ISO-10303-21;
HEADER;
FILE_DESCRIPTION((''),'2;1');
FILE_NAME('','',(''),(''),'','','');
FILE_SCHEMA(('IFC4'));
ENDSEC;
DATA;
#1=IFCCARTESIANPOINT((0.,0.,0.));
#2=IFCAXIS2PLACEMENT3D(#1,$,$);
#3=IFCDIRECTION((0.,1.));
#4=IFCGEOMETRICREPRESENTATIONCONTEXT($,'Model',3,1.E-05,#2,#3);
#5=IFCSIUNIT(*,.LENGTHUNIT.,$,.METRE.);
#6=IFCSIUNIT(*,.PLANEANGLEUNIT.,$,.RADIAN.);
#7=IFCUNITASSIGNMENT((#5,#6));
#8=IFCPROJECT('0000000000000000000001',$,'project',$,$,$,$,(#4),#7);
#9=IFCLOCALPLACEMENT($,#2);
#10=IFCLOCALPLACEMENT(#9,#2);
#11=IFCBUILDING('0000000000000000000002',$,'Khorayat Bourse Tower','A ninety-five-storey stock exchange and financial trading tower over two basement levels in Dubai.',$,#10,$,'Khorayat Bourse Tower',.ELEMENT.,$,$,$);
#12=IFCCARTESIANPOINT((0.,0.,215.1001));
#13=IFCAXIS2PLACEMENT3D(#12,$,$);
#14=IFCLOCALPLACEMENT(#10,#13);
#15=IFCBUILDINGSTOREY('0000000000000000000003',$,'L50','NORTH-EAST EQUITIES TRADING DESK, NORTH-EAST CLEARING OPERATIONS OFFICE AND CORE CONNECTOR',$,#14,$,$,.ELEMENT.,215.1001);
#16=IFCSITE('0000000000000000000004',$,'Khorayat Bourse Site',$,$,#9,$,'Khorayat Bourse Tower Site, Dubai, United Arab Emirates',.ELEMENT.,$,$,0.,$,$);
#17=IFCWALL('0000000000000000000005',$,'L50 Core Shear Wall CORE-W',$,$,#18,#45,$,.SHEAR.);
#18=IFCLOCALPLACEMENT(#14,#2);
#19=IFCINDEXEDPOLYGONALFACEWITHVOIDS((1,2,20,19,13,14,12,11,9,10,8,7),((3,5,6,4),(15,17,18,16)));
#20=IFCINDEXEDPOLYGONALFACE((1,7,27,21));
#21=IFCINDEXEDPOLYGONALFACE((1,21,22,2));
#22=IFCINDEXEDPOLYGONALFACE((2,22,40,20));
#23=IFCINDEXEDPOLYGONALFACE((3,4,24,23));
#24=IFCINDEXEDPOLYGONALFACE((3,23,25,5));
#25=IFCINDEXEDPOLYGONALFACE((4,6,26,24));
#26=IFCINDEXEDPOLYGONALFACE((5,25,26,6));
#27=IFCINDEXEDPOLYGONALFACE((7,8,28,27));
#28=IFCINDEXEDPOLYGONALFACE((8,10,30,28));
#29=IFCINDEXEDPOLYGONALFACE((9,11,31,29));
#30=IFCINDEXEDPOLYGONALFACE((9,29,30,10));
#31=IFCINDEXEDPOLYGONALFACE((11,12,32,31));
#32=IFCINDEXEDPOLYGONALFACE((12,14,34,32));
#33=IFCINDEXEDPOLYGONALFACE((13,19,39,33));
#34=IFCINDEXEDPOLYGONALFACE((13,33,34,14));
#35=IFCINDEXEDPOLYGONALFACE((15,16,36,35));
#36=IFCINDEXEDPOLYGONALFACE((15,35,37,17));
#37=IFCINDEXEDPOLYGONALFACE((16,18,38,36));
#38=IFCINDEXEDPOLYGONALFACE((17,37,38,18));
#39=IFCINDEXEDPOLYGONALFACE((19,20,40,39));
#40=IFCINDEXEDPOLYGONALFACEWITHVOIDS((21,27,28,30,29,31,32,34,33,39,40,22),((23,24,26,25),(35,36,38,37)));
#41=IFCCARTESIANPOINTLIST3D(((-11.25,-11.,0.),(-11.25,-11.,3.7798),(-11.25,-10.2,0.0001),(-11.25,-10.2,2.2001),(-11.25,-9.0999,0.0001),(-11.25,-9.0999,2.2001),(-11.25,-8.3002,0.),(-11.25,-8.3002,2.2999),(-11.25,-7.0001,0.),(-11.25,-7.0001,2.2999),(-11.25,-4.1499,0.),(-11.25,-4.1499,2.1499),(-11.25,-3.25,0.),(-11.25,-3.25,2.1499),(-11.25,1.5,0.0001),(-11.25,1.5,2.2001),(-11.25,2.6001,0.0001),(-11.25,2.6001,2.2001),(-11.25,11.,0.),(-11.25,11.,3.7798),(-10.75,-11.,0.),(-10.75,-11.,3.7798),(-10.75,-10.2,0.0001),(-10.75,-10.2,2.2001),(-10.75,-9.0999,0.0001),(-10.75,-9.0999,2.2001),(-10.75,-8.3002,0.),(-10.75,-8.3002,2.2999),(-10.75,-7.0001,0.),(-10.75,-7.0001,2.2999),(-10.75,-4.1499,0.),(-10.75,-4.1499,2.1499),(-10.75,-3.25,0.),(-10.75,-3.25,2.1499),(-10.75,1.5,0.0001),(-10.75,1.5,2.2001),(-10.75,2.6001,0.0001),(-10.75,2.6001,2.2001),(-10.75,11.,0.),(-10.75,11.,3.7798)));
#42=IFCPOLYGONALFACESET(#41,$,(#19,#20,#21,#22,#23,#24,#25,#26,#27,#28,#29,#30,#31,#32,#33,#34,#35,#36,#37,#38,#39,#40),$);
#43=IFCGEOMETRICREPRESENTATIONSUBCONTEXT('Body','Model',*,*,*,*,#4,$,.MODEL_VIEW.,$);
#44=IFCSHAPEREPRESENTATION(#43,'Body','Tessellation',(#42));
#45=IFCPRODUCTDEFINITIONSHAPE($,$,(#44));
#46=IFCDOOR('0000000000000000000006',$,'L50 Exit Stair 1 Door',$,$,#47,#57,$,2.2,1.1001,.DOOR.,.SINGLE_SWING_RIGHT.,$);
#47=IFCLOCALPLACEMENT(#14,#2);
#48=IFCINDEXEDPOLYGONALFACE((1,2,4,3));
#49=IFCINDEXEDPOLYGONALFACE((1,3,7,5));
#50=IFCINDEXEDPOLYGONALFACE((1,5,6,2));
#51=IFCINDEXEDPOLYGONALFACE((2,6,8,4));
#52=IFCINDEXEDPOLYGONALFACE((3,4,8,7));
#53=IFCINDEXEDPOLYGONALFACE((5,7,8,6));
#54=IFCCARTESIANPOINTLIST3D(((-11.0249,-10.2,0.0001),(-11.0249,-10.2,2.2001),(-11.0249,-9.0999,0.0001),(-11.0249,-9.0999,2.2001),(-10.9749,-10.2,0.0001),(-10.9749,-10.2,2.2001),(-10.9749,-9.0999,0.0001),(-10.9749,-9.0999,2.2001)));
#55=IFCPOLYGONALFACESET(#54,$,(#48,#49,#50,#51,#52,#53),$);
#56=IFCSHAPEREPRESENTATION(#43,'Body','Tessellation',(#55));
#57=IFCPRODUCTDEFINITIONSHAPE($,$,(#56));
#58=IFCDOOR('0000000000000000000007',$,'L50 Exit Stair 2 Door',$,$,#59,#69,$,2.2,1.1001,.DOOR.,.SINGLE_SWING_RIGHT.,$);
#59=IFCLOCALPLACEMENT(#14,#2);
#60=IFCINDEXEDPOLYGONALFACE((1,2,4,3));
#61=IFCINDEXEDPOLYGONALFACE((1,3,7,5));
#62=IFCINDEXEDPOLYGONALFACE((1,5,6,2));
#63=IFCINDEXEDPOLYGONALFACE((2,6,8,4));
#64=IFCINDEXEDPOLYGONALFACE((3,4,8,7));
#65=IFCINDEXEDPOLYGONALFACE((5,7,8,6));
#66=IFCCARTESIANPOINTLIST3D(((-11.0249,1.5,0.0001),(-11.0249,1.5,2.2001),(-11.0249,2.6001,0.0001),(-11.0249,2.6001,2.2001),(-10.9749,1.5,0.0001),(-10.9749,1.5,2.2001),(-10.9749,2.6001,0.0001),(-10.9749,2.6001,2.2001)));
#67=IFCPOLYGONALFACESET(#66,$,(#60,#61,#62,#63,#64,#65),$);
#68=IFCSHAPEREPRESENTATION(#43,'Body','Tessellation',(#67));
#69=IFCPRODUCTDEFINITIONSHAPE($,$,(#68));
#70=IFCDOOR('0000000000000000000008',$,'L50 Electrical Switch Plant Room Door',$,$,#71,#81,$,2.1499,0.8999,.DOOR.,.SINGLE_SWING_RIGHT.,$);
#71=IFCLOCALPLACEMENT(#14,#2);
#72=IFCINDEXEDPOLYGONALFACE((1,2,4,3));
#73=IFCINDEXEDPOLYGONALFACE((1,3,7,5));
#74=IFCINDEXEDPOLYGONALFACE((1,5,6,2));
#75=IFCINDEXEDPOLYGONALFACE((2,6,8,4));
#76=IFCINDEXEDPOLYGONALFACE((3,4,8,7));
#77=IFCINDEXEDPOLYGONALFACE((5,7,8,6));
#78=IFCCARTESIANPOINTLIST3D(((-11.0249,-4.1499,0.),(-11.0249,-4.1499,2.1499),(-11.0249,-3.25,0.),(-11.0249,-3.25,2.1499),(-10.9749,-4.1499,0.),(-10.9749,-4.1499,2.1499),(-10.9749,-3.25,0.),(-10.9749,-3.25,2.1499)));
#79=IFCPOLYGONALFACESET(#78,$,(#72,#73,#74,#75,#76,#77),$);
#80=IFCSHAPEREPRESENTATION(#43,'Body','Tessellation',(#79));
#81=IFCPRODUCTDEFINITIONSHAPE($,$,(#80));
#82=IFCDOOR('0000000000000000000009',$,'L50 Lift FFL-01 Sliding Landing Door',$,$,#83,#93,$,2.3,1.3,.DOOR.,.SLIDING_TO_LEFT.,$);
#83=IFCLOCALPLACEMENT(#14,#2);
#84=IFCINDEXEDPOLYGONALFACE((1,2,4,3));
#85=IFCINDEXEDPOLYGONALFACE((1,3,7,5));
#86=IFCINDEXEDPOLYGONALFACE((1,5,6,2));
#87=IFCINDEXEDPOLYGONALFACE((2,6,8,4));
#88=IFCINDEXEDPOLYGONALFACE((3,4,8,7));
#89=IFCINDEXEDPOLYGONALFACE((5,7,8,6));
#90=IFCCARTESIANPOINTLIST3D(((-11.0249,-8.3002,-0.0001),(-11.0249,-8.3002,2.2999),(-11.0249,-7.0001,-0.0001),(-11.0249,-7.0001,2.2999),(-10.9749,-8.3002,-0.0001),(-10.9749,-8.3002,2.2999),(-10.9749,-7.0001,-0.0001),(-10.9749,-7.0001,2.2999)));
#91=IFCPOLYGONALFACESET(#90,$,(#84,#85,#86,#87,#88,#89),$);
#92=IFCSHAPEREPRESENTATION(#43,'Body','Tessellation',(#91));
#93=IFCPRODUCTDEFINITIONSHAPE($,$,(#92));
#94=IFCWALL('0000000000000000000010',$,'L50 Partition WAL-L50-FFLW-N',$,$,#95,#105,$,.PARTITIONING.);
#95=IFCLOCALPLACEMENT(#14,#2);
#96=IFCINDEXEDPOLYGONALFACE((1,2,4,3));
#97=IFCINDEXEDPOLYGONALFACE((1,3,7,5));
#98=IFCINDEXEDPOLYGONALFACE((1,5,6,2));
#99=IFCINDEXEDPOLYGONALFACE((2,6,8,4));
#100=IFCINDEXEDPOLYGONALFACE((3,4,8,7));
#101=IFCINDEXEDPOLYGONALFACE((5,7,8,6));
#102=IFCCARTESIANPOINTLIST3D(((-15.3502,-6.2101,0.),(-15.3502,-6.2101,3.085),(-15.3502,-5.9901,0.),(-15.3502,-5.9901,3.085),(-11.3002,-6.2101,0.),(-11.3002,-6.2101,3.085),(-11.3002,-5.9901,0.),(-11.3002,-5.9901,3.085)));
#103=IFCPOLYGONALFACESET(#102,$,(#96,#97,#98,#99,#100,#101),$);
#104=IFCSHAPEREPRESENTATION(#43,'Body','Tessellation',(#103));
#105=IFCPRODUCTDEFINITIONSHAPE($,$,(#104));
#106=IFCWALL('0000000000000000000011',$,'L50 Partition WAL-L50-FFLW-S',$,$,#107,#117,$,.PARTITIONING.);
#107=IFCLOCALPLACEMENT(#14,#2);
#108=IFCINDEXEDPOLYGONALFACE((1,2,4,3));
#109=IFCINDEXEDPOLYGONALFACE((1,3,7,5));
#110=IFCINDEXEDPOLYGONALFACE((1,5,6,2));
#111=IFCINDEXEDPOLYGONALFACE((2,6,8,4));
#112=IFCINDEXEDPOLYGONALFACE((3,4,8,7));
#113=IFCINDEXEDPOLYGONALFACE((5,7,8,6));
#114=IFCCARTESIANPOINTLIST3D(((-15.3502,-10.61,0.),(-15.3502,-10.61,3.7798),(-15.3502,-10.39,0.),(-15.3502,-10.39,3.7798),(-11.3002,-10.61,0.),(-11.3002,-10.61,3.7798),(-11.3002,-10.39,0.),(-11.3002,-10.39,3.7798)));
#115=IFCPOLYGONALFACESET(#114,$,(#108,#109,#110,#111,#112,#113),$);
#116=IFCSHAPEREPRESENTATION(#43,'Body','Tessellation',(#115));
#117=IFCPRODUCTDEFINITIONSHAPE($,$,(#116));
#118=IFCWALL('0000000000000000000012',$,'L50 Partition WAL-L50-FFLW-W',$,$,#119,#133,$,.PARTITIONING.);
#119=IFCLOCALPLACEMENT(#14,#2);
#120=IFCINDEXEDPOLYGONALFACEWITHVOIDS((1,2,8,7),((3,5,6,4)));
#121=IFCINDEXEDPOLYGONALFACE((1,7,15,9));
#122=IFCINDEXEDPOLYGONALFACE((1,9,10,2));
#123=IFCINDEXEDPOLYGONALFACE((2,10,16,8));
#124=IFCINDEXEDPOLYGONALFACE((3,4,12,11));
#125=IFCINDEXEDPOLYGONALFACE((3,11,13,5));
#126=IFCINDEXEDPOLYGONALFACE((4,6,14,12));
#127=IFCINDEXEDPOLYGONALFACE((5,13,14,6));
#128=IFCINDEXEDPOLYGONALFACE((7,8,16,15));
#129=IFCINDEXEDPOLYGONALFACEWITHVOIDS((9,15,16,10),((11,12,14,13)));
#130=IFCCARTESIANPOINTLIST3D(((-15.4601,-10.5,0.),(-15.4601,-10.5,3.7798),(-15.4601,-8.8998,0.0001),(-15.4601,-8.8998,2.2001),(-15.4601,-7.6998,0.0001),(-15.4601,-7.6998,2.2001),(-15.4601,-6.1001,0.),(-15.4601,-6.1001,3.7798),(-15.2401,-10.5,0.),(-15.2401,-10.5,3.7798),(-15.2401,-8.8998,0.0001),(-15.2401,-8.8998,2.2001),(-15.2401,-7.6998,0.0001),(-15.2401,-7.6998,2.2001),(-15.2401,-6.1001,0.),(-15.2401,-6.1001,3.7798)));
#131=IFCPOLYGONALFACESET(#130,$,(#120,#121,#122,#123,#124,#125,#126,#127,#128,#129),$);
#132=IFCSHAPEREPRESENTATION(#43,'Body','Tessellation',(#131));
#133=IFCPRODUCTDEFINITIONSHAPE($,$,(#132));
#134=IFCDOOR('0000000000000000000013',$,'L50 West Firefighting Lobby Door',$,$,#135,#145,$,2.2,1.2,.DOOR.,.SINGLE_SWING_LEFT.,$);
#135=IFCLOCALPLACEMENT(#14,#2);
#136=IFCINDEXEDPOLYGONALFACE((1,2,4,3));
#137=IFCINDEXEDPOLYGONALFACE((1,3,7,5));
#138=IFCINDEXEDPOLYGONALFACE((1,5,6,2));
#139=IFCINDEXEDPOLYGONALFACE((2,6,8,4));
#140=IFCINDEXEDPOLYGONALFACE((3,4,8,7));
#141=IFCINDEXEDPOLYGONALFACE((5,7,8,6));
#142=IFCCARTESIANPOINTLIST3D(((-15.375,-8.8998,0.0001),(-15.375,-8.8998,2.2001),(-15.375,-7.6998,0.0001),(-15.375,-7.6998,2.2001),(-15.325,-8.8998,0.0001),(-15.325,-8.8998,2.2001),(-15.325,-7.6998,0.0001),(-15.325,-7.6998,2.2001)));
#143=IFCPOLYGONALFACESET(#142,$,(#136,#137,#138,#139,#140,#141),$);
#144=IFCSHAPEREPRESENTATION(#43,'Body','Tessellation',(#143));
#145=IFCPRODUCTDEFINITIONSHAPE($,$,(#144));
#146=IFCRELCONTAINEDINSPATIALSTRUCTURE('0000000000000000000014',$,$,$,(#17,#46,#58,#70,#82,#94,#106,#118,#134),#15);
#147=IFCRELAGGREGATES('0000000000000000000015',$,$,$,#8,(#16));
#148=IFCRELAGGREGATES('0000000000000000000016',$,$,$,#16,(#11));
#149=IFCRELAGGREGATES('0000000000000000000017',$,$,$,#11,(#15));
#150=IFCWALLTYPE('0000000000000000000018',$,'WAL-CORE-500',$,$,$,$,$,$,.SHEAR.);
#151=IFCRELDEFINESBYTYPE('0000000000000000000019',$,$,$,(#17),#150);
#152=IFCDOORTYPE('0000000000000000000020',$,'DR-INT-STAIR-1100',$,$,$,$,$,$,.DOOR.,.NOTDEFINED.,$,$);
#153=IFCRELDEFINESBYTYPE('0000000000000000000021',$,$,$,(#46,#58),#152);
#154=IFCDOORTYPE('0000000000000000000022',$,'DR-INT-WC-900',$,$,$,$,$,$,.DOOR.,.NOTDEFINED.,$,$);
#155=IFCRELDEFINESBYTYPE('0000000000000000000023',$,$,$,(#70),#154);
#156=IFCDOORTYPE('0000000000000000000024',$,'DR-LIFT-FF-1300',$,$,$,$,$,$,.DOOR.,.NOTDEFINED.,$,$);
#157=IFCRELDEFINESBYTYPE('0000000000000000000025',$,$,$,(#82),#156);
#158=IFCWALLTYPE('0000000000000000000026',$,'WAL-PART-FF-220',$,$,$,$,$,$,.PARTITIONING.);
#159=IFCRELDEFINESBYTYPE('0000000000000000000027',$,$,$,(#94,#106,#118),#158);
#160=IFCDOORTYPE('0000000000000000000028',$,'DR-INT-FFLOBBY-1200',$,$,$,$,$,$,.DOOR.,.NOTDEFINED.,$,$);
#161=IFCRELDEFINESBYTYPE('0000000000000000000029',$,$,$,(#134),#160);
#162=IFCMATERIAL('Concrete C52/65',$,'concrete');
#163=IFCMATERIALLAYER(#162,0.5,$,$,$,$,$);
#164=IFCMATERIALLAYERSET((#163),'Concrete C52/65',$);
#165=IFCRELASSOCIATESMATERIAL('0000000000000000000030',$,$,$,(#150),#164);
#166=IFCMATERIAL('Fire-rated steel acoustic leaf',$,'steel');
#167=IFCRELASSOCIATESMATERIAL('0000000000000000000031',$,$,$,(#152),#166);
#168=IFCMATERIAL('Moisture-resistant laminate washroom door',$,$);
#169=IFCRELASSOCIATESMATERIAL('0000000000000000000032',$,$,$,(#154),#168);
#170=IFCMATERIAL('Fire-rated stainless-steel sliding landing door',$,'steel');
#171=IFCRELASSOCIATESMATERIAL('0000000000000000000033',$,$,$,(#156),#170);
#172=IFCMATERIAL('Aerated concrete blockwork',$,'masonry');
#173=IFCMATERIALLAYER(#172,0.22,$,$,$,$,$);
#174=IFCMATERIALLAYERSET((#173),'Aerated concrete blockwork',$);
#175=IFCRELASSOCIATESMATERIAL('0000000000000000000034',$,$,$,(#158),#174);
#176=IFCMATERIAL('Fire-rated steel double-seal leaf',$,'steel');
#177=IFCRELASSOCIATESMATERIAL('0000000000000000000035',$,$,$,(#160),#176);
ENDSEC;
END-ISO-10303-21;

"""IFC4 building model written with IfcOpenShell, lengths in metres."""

from ifc_helpers import new_model, si_unit, direction, frame, frame_2d, origin, place, context, subcontext, project, spatial, rectangle, extrude, source, transform, mapped, material, layer, layer_set, type_object, element, fill, save


model = new_model("IFC4")

# Units and contexts
model_context = context("Model", 3, precision=1e-05, world=origin(), true_north=direction((0.0, 1.0)))
body_context = subcontext(model_context, "Body", "Model", "MODEL_VIEW")
ifc_project = project(units=[si_unit("LENGTHUNIT", "METRE"), si_unit("PLANEANGLEUNIT", "RADIAN")], contexts=[model_context])

# Site, building, storey
site_placement = place(None, origin())
site = spatial("IfcSite", under=ifc_project, at=site_placement, Name="Khorayat Bourse Site", LongName="Khorayat Bourse Tower Site, Dubai, United Arab Emirates", CompositionType="ELEMENT", RefElevation=0.0)
building_placement = place(site_placement, origin())
building = spatial("IfcBuilding", under=site, at=building_placement, Name="Khorayat Bourse Tower", Description="A ninety-five-storey stock exchange and financial trading tower over two basement levels in Dubai.", LongName="Khorayat Bourse Tower", CompositionType="ELEMENT")
storey_placement = place(building_placement, frame((0.0, 0.0, 215.1001)))
storey = spatial("IfcBuildingStorey", under=building, at=storey_placement, Name="L50", Description="NORTH-EAST EQUITIES TRADING DESK, NORTH-EAST CLEARING OPERATIONS OFFICE AND CORE CONNECTOR", CompositionType="ELEMENT", Elevation=215.1001)

# Wall, openings, doors
ifc_material_1 = material(Name="Concrete C52/65", Category="concrete")
ifc_layer_1 = layer(ifc_material_1, 0.5)
ifc_layer_set_1 = layer_set([ifc_layer_1], Name="Concrete C52/65")
wall_type_1 = type_object("IfcWallType", Name="WAL-CORE-500", PredefinedType="SHEAR", material=ifc_layer_set_1)
shared_shape_1 = source(origin(), body_context, "Body", "SweptSolid", [
    extrude(rectangle(XDim=22.0, YDim=0.5, at=frame_2d((11.0, 0.0))), origin(), (0.0, 0.0, 1.0), 3.7798),
])
wall_1_placement = place(storey_placement, frame((-11.0, -11.0, 0.0), z_axis=(0.0, 0.0, 1.0), x_axis=(0.0, 1.0, 0.0)))
wall_1 = element("IfcWall", 1, at=wall_1_placement, inside=storey, type_object=wall_type_1, Name="L50 Core Shear Wall CORE-W", PredefinedType="SHEAR", context=body_context, shape_type="MappedRepresentation", body=[
    mapped(shared_shape_1, transform((0.0, 0.0, 0.0), scale=1.0)),
])
shared_shape_2 = source(origin(), body_context, "Body", "SweptSolid", [
    extrude(rectangle(XDim=1.1001, YDim=2.2, at=frame_2d((0.55, 1.1001))), frame((0.0, 0.26, 0.0), z_axis=(0.0, -1.0, 0.0), x_axis=(1.0, 0.0, 0.0)), (0.0, 0.0, 1.0), 0.52),
])
opening_1_placement = place(wall_1_placement, frame((0.8, 0.0, 0.0)))
opening_1 = element("IfcOpeningElement", 2, at=opening_1_placement, cuts=wall_1, PredefinedType="OPENING", context=body_context, shape_type="MappedRepresentation", body=[
    mapped(shared_shape_2, transform((0.0, 0.0, 0.0), scale=1.0)),
])
opening_2_placement = place(wall_1_placement, frame((12.5, 0.0, 0.0)))
opening_2 = element("IfcOpeningElement", 3, at=opening_2_placement, cuts=wall_1, PredefinedType="OPENING", context=body_context, shape_type="MappedRepresentation", body=[
    mapped(shared_shape_2, transform((0.0, 0.0, 0.0), scale=1.0)),
])
shared_shape_3 = source(origin(), body_context, "Body", "SweptSolid", [
    extrude(rectangle(XDim=0.8999, YDim=2.1499, at=frame_2d((0.45, 1.075))), frame((0.0, 0.26, 0.0), z_axis=(0.0, -1.0, 0.0), x_axis=(1.0, 0.0, 0.0)), (0.0, 0.0, 1.0), 0.52),
])
opening_3_placement = place(wall_1_placement, frame((6.8501, 0.0, 0.0)))
opening_3 = element("IfcOpeningElement", 4, at=opening_3_placement, cuts=wall_1, PredefinedType="OPENING", context=body_context, shape_type="MappedRepresentation", body=[
    mapped(shared_shape_3, transform((0.0, 0.0, 0.0), scale=1.0)),
])
shared_shape_4 = source(origin(), body_context, "Body", "SweptSolid", [
    extrude(rectangle(XDim=1.3, YDim=2.3, at=frame_2d((0.6499, 1.1499))), frame((0.0, 0.26, 0.0), z_axis=(0.0, -1.0, 0.0), x_axis=(1.0, 0.0, 0.0)), (0.0, 0.0, 1.0), 0.52),
])
opening_4_placement = place(wall_1_placement, frame((2.7, 0.0, 0.0)))
opening_4 = element("IfcOpeningElement", 5, at=opening_4_placement, cuts=wall_1, PredefinedType="OPENING", context=body_context, shape_type="MappedRepresentation", body=[
    mapped(shared_shape_4, transform((0.0, 0.0, 0.0), scale=1.0)),
])
ifc_material_2 = material(Name="Fire-rated steel acoustic leaf", Category="steel")
door_type_1 = type_object("IfcDoorType", Name="DR-INT-STAIR-1100", OperationType="NOTDEFINED", PredefinedType="DOOR", material=ifc_material_2)
shared_shape_5 = source(origin(), body_context, "Body", "SweptSolid", [
    extrude(rectangle(XDim=1.1001, YDim=2.2, at=frame_2d((0.55, 1.1001))), frame((0.0, 0.0249, 0.0), z_axis=(0.0, -1.0, 0.0), x_axis=(1.0, 0.0, 0.0)), (0.0, 0.0, 1.0), 0.05),
])
door_1_placement = place(opening_1_placement, origin())
door_1 = element("IfcDoor", 6, at=door_1_placement, inside=storey, type_object=door_type_1, Name="L50 Exit Stair 1 Door", OperationType="SINGLE_SWING_RIGHT", OverallHeight=2.2, OverallWidth=1.1001, PredefinedType="DOOR", context=body_context, shape_type="MappedRepresentation", body=[
    mapped(shared_shape_5, transform((0.0, 0.0, 0.0), scale=1.0)),
])
fill(opening_1, door_1)
door_2_placement = place(opening_2_placement, origin())
door_2 = element("IfcDoor", 7, at=door_2_placement, inside=storey, type_object=door_type_1, Name="L50 Exit Stair 2 Door", OperationType="SINGLE_SWING_RIGHT", OverallHeight=2.2, OverallWidth=1.1001, PredefinedType="DOOR", context=body_context, shape_type="MappedRepresentation", body=[
    mapped(shared_shape_5, transform((0.0, 0.0, 0.0), scale=1.0)),
])
fill(opening_2, door_2)
ifc_material_3 = material(Name="Moisture-resistant laminate washroom door")
door_type_2 = type_object("IfcDoorType", Name="DR-INT-WC-900", OperationType="NOTDEFINED", PredefinedType="DOOR", material=ifc_material_3)
shared_shape_6 = source(origin(), body_context, "Body", "SweptSolid", [
    extrude(rectangle(XDim=0.8999, YDim=2.1499, at=frame_2d((0.45, 1.075))), frame((0.0, 0.0249, 0.0), z_axis=(0.0, -1.0, 0.0), x_axis=(1.0, 0.0, 0.0)), (0.0, 0.0, 1.0), 0.05),
])
door_3_placement = place(opening_3_placement, origin())
door_3 = element("IfcDoor", 8, at=door_3_placement, inside=storey, type_object=door_type_2, Name="L50 Electrical Switch Plant Room Door", OperationType="SINGLE_SWING_RIGHT", OverallHeight=2.1499, OverallWidth=0.8999, PredefinedType="DOOR", context=body_context, shape_type="MappedRepresentation", body=[
    mapped(shared_shape_6, transform((0.0, 0.0, 0.0), scale=1.0)),
])
fill(opening_3, door_3)
ifc_material_4 = material(Name="Fire-rated stainless-steel sliding landing door", Category="steel")
door_type_3 = type_object("IfcDoorType", Name="DR-LIFT-FF-1300", OperationType="NOTDEFINED", PredefinedType="DOOR", material=ifc_material_4)
shared_shape_7 = source(origin(), body_context, "Body", "SweptSolid", [
    extrude(rectangle(XDim=1.3, YDim=2.3, at=frame_2d((0.6499, 1.1499))), frame((0.0, 0.0249, 0.0), z_axis=(0.0, -1.0, 0.0), x_axis=(1.0, 0.0, 0.0)), (0.0, 0.0, 1.0), 0.05),
])
door_4_placement = place(opening_4_placement, origin())
door_4 = element("IfcDoor", 9, at=door_4_placement, inside=storey, type_object=door_type_3, Name="L50 Lift FFL-01 Sliding Landing Door", OperationType="SLIDING_TO_LEFT", OverallHeight=2.3, OverallWidth=1.3, PredefinedType="DOOR", context=body_context, shape_type="MappedRepresentation", body=[
    mapped(shared_shape_7, transform((0.0, 0.0, 0.0), scale=1.0)),
])
fill(opening_4, door_4)

# Walls
ifc_material_5 = material(Name="Aerated concrete blockwork", Category="masonry")
ifc_layer_2 = layer(ifc_material_5, 0.22)
ifc_layer_set_2 = layer_set([ifc_layer_2], Name="Aerated concrete blockwork")
wall_type_2 = type_object("IfcWallType", Name="WAL-PART-FF-220", PredefinedType="PARTITIONING", material=ifc_layer_set_2)
shared_shape_8 = source(origin(), body_context, "Body", "SweptSolid", [
    extrude(rectangle(XDim=4.05, YDim=0.22, at=frame_2d((2.0249, 0.0))), origin(), (0.0, 0.0, 1.0), 3.085),
])
wall_2_placement = place(storey_placement, frame((-15.3501, -6.1001, 0.0), z_axis=(0.0, 0.0, 1.0), x_axis=(1.0, 0.0, 0.0)))
element("IfcWall", 10, at=wall_2_placement, inside=storey, type_object=wall_type_2, Name="L50 Partition WAL-L50-FFLW-N", PredefinedType="PARTITIONING", context=body_context, shape_type="MappedRepresentation", body=[
    mapped(shared_shape_8, transform((0.0, 0.0, 0.0), scale=1.0)),
])
shared_shape_9 = source(origin(), body_context, "Body", "SweptSolid", [
    extrude(rectangle(XDim=4.05, YDim=0.22, at=frame_2d((2.0249, 0.0))), origin(), (0.0, 0.0, 1.0), 3.7798),
])
wall_3_placement = place(storey_placement, frame((-15.3501, -10.5, 0.0), z_axis=(0.0, 0.0, 1.0), x_axis=(1.0, 0.0, 0.0)))
element("IfcWall", 11, at=wall_3_placement, inside=storey, type_object=wall_type_2, Name="L50 Partition WAL-L50-FFLW-S", PredefinedType="PARTITIONING", context=body_context, shape_type="MappedRepresentation", body=[
    mapped(shared_shape_9, transform((0.0, 0.0, 0.0), scale=1.0)),
])

# Wall, opening, door
shared_shape_10 = source(origin(), body_context, "Body", "SweptSolid", [
    extrude(rectangle(XDim=4.3999, YDim=0.22, at=frame_2d((2.2, 0.0))), origin(), (0.0, 0.0, 1.0), 3.7798),
])
wall_4_placement = place(storey_placement, frame((-15.3501, -10.5, 0.0), z_axis=(0.0, 0.0, 1.0), x_axis=(0.0, 1.0, 0.0)))
wall_4 = element("IfcWall", 12, at=wall_4_placement, inside=storey, type_object=wall_type_2, Name="L50 Partition WAL-L50-FFLW-W", PredefinedType="PARTITIONING", context=body_context, shape_type="MappedRepresentation", body=[
    mapped(shared_shape_10, transform((0.0, 0.0, 0.0), scale=1.0)),
])
shared_shape_11 = source(origin(), body_context, "Body", "SweptSolid", [
    extrude(rectangle(XDim=1.2, YDim=2.2, at=frame_2d((0.6001, 1.1001))), frame((0.0, 0.1199, 0.0), z_axis=(0.0, -1.0, 0.0), x_axis=(1.0, 0.0, 0.0)), (0.0, 0.0, 1.0), 0.24),
])
opening_5_placement = place(wall_4_placement, frame((1.6001, 0.0, 0.0)))
opening_5 = element("IfcOpeningElement", 13, at=opening_5_placement, cuts=wall_4, PredefinedType="OPENING", context=body_context, shape_type="MappedRepresentation", body=[
    mapped(shared_shape_11, transform((0.0, 0.0, 0.0), scale=1.0)),
])
ifc_material_6 = material(Name="Fire-rated steel double-seal leaf", Category="steel")
door_type_4 = type_object("IfcDoorType", Name="DR-INT-FFLOBBY-1200", OperationType="NOTDEFINED", PredefinedType="DOOR", material=ifc_material_6)
shared_shape_12 = source(origin(), body_context, "Body", "SweptSolid", [
    extrude(rectangle(XDim=1.2, YDim=2.2, at=frame_2d((0.6001, 1.1001))), frame((0.0, 0.0249, 0.0), z_axis=(0.0, -1.0, 0.0), x_axis=(1.0, 0.0, 0.0)), (0.0, 0.0, 1.0), 0.05),
])
door_5_placement = place(opening_5_placement, origin())
door_5 = element("IfcDoor", 14, at=door_5_placement, inside=storey, type_object=door_type_4, Name="L50 West Firefighting Lobby Door", OperationType="SINGLE_SWING_LEFT", OverallHeight=2.2, OverallWidth=1.2, PredefinedType="DOOR", context=body_context, shape_type="MappedRepresentation", body=[
    mapped(shared_shape_12, transform((0.0, 0.0, 0.0), scale=1.0)),
])
fill(opening_5, door_5)

save(model, "model.ifc")
